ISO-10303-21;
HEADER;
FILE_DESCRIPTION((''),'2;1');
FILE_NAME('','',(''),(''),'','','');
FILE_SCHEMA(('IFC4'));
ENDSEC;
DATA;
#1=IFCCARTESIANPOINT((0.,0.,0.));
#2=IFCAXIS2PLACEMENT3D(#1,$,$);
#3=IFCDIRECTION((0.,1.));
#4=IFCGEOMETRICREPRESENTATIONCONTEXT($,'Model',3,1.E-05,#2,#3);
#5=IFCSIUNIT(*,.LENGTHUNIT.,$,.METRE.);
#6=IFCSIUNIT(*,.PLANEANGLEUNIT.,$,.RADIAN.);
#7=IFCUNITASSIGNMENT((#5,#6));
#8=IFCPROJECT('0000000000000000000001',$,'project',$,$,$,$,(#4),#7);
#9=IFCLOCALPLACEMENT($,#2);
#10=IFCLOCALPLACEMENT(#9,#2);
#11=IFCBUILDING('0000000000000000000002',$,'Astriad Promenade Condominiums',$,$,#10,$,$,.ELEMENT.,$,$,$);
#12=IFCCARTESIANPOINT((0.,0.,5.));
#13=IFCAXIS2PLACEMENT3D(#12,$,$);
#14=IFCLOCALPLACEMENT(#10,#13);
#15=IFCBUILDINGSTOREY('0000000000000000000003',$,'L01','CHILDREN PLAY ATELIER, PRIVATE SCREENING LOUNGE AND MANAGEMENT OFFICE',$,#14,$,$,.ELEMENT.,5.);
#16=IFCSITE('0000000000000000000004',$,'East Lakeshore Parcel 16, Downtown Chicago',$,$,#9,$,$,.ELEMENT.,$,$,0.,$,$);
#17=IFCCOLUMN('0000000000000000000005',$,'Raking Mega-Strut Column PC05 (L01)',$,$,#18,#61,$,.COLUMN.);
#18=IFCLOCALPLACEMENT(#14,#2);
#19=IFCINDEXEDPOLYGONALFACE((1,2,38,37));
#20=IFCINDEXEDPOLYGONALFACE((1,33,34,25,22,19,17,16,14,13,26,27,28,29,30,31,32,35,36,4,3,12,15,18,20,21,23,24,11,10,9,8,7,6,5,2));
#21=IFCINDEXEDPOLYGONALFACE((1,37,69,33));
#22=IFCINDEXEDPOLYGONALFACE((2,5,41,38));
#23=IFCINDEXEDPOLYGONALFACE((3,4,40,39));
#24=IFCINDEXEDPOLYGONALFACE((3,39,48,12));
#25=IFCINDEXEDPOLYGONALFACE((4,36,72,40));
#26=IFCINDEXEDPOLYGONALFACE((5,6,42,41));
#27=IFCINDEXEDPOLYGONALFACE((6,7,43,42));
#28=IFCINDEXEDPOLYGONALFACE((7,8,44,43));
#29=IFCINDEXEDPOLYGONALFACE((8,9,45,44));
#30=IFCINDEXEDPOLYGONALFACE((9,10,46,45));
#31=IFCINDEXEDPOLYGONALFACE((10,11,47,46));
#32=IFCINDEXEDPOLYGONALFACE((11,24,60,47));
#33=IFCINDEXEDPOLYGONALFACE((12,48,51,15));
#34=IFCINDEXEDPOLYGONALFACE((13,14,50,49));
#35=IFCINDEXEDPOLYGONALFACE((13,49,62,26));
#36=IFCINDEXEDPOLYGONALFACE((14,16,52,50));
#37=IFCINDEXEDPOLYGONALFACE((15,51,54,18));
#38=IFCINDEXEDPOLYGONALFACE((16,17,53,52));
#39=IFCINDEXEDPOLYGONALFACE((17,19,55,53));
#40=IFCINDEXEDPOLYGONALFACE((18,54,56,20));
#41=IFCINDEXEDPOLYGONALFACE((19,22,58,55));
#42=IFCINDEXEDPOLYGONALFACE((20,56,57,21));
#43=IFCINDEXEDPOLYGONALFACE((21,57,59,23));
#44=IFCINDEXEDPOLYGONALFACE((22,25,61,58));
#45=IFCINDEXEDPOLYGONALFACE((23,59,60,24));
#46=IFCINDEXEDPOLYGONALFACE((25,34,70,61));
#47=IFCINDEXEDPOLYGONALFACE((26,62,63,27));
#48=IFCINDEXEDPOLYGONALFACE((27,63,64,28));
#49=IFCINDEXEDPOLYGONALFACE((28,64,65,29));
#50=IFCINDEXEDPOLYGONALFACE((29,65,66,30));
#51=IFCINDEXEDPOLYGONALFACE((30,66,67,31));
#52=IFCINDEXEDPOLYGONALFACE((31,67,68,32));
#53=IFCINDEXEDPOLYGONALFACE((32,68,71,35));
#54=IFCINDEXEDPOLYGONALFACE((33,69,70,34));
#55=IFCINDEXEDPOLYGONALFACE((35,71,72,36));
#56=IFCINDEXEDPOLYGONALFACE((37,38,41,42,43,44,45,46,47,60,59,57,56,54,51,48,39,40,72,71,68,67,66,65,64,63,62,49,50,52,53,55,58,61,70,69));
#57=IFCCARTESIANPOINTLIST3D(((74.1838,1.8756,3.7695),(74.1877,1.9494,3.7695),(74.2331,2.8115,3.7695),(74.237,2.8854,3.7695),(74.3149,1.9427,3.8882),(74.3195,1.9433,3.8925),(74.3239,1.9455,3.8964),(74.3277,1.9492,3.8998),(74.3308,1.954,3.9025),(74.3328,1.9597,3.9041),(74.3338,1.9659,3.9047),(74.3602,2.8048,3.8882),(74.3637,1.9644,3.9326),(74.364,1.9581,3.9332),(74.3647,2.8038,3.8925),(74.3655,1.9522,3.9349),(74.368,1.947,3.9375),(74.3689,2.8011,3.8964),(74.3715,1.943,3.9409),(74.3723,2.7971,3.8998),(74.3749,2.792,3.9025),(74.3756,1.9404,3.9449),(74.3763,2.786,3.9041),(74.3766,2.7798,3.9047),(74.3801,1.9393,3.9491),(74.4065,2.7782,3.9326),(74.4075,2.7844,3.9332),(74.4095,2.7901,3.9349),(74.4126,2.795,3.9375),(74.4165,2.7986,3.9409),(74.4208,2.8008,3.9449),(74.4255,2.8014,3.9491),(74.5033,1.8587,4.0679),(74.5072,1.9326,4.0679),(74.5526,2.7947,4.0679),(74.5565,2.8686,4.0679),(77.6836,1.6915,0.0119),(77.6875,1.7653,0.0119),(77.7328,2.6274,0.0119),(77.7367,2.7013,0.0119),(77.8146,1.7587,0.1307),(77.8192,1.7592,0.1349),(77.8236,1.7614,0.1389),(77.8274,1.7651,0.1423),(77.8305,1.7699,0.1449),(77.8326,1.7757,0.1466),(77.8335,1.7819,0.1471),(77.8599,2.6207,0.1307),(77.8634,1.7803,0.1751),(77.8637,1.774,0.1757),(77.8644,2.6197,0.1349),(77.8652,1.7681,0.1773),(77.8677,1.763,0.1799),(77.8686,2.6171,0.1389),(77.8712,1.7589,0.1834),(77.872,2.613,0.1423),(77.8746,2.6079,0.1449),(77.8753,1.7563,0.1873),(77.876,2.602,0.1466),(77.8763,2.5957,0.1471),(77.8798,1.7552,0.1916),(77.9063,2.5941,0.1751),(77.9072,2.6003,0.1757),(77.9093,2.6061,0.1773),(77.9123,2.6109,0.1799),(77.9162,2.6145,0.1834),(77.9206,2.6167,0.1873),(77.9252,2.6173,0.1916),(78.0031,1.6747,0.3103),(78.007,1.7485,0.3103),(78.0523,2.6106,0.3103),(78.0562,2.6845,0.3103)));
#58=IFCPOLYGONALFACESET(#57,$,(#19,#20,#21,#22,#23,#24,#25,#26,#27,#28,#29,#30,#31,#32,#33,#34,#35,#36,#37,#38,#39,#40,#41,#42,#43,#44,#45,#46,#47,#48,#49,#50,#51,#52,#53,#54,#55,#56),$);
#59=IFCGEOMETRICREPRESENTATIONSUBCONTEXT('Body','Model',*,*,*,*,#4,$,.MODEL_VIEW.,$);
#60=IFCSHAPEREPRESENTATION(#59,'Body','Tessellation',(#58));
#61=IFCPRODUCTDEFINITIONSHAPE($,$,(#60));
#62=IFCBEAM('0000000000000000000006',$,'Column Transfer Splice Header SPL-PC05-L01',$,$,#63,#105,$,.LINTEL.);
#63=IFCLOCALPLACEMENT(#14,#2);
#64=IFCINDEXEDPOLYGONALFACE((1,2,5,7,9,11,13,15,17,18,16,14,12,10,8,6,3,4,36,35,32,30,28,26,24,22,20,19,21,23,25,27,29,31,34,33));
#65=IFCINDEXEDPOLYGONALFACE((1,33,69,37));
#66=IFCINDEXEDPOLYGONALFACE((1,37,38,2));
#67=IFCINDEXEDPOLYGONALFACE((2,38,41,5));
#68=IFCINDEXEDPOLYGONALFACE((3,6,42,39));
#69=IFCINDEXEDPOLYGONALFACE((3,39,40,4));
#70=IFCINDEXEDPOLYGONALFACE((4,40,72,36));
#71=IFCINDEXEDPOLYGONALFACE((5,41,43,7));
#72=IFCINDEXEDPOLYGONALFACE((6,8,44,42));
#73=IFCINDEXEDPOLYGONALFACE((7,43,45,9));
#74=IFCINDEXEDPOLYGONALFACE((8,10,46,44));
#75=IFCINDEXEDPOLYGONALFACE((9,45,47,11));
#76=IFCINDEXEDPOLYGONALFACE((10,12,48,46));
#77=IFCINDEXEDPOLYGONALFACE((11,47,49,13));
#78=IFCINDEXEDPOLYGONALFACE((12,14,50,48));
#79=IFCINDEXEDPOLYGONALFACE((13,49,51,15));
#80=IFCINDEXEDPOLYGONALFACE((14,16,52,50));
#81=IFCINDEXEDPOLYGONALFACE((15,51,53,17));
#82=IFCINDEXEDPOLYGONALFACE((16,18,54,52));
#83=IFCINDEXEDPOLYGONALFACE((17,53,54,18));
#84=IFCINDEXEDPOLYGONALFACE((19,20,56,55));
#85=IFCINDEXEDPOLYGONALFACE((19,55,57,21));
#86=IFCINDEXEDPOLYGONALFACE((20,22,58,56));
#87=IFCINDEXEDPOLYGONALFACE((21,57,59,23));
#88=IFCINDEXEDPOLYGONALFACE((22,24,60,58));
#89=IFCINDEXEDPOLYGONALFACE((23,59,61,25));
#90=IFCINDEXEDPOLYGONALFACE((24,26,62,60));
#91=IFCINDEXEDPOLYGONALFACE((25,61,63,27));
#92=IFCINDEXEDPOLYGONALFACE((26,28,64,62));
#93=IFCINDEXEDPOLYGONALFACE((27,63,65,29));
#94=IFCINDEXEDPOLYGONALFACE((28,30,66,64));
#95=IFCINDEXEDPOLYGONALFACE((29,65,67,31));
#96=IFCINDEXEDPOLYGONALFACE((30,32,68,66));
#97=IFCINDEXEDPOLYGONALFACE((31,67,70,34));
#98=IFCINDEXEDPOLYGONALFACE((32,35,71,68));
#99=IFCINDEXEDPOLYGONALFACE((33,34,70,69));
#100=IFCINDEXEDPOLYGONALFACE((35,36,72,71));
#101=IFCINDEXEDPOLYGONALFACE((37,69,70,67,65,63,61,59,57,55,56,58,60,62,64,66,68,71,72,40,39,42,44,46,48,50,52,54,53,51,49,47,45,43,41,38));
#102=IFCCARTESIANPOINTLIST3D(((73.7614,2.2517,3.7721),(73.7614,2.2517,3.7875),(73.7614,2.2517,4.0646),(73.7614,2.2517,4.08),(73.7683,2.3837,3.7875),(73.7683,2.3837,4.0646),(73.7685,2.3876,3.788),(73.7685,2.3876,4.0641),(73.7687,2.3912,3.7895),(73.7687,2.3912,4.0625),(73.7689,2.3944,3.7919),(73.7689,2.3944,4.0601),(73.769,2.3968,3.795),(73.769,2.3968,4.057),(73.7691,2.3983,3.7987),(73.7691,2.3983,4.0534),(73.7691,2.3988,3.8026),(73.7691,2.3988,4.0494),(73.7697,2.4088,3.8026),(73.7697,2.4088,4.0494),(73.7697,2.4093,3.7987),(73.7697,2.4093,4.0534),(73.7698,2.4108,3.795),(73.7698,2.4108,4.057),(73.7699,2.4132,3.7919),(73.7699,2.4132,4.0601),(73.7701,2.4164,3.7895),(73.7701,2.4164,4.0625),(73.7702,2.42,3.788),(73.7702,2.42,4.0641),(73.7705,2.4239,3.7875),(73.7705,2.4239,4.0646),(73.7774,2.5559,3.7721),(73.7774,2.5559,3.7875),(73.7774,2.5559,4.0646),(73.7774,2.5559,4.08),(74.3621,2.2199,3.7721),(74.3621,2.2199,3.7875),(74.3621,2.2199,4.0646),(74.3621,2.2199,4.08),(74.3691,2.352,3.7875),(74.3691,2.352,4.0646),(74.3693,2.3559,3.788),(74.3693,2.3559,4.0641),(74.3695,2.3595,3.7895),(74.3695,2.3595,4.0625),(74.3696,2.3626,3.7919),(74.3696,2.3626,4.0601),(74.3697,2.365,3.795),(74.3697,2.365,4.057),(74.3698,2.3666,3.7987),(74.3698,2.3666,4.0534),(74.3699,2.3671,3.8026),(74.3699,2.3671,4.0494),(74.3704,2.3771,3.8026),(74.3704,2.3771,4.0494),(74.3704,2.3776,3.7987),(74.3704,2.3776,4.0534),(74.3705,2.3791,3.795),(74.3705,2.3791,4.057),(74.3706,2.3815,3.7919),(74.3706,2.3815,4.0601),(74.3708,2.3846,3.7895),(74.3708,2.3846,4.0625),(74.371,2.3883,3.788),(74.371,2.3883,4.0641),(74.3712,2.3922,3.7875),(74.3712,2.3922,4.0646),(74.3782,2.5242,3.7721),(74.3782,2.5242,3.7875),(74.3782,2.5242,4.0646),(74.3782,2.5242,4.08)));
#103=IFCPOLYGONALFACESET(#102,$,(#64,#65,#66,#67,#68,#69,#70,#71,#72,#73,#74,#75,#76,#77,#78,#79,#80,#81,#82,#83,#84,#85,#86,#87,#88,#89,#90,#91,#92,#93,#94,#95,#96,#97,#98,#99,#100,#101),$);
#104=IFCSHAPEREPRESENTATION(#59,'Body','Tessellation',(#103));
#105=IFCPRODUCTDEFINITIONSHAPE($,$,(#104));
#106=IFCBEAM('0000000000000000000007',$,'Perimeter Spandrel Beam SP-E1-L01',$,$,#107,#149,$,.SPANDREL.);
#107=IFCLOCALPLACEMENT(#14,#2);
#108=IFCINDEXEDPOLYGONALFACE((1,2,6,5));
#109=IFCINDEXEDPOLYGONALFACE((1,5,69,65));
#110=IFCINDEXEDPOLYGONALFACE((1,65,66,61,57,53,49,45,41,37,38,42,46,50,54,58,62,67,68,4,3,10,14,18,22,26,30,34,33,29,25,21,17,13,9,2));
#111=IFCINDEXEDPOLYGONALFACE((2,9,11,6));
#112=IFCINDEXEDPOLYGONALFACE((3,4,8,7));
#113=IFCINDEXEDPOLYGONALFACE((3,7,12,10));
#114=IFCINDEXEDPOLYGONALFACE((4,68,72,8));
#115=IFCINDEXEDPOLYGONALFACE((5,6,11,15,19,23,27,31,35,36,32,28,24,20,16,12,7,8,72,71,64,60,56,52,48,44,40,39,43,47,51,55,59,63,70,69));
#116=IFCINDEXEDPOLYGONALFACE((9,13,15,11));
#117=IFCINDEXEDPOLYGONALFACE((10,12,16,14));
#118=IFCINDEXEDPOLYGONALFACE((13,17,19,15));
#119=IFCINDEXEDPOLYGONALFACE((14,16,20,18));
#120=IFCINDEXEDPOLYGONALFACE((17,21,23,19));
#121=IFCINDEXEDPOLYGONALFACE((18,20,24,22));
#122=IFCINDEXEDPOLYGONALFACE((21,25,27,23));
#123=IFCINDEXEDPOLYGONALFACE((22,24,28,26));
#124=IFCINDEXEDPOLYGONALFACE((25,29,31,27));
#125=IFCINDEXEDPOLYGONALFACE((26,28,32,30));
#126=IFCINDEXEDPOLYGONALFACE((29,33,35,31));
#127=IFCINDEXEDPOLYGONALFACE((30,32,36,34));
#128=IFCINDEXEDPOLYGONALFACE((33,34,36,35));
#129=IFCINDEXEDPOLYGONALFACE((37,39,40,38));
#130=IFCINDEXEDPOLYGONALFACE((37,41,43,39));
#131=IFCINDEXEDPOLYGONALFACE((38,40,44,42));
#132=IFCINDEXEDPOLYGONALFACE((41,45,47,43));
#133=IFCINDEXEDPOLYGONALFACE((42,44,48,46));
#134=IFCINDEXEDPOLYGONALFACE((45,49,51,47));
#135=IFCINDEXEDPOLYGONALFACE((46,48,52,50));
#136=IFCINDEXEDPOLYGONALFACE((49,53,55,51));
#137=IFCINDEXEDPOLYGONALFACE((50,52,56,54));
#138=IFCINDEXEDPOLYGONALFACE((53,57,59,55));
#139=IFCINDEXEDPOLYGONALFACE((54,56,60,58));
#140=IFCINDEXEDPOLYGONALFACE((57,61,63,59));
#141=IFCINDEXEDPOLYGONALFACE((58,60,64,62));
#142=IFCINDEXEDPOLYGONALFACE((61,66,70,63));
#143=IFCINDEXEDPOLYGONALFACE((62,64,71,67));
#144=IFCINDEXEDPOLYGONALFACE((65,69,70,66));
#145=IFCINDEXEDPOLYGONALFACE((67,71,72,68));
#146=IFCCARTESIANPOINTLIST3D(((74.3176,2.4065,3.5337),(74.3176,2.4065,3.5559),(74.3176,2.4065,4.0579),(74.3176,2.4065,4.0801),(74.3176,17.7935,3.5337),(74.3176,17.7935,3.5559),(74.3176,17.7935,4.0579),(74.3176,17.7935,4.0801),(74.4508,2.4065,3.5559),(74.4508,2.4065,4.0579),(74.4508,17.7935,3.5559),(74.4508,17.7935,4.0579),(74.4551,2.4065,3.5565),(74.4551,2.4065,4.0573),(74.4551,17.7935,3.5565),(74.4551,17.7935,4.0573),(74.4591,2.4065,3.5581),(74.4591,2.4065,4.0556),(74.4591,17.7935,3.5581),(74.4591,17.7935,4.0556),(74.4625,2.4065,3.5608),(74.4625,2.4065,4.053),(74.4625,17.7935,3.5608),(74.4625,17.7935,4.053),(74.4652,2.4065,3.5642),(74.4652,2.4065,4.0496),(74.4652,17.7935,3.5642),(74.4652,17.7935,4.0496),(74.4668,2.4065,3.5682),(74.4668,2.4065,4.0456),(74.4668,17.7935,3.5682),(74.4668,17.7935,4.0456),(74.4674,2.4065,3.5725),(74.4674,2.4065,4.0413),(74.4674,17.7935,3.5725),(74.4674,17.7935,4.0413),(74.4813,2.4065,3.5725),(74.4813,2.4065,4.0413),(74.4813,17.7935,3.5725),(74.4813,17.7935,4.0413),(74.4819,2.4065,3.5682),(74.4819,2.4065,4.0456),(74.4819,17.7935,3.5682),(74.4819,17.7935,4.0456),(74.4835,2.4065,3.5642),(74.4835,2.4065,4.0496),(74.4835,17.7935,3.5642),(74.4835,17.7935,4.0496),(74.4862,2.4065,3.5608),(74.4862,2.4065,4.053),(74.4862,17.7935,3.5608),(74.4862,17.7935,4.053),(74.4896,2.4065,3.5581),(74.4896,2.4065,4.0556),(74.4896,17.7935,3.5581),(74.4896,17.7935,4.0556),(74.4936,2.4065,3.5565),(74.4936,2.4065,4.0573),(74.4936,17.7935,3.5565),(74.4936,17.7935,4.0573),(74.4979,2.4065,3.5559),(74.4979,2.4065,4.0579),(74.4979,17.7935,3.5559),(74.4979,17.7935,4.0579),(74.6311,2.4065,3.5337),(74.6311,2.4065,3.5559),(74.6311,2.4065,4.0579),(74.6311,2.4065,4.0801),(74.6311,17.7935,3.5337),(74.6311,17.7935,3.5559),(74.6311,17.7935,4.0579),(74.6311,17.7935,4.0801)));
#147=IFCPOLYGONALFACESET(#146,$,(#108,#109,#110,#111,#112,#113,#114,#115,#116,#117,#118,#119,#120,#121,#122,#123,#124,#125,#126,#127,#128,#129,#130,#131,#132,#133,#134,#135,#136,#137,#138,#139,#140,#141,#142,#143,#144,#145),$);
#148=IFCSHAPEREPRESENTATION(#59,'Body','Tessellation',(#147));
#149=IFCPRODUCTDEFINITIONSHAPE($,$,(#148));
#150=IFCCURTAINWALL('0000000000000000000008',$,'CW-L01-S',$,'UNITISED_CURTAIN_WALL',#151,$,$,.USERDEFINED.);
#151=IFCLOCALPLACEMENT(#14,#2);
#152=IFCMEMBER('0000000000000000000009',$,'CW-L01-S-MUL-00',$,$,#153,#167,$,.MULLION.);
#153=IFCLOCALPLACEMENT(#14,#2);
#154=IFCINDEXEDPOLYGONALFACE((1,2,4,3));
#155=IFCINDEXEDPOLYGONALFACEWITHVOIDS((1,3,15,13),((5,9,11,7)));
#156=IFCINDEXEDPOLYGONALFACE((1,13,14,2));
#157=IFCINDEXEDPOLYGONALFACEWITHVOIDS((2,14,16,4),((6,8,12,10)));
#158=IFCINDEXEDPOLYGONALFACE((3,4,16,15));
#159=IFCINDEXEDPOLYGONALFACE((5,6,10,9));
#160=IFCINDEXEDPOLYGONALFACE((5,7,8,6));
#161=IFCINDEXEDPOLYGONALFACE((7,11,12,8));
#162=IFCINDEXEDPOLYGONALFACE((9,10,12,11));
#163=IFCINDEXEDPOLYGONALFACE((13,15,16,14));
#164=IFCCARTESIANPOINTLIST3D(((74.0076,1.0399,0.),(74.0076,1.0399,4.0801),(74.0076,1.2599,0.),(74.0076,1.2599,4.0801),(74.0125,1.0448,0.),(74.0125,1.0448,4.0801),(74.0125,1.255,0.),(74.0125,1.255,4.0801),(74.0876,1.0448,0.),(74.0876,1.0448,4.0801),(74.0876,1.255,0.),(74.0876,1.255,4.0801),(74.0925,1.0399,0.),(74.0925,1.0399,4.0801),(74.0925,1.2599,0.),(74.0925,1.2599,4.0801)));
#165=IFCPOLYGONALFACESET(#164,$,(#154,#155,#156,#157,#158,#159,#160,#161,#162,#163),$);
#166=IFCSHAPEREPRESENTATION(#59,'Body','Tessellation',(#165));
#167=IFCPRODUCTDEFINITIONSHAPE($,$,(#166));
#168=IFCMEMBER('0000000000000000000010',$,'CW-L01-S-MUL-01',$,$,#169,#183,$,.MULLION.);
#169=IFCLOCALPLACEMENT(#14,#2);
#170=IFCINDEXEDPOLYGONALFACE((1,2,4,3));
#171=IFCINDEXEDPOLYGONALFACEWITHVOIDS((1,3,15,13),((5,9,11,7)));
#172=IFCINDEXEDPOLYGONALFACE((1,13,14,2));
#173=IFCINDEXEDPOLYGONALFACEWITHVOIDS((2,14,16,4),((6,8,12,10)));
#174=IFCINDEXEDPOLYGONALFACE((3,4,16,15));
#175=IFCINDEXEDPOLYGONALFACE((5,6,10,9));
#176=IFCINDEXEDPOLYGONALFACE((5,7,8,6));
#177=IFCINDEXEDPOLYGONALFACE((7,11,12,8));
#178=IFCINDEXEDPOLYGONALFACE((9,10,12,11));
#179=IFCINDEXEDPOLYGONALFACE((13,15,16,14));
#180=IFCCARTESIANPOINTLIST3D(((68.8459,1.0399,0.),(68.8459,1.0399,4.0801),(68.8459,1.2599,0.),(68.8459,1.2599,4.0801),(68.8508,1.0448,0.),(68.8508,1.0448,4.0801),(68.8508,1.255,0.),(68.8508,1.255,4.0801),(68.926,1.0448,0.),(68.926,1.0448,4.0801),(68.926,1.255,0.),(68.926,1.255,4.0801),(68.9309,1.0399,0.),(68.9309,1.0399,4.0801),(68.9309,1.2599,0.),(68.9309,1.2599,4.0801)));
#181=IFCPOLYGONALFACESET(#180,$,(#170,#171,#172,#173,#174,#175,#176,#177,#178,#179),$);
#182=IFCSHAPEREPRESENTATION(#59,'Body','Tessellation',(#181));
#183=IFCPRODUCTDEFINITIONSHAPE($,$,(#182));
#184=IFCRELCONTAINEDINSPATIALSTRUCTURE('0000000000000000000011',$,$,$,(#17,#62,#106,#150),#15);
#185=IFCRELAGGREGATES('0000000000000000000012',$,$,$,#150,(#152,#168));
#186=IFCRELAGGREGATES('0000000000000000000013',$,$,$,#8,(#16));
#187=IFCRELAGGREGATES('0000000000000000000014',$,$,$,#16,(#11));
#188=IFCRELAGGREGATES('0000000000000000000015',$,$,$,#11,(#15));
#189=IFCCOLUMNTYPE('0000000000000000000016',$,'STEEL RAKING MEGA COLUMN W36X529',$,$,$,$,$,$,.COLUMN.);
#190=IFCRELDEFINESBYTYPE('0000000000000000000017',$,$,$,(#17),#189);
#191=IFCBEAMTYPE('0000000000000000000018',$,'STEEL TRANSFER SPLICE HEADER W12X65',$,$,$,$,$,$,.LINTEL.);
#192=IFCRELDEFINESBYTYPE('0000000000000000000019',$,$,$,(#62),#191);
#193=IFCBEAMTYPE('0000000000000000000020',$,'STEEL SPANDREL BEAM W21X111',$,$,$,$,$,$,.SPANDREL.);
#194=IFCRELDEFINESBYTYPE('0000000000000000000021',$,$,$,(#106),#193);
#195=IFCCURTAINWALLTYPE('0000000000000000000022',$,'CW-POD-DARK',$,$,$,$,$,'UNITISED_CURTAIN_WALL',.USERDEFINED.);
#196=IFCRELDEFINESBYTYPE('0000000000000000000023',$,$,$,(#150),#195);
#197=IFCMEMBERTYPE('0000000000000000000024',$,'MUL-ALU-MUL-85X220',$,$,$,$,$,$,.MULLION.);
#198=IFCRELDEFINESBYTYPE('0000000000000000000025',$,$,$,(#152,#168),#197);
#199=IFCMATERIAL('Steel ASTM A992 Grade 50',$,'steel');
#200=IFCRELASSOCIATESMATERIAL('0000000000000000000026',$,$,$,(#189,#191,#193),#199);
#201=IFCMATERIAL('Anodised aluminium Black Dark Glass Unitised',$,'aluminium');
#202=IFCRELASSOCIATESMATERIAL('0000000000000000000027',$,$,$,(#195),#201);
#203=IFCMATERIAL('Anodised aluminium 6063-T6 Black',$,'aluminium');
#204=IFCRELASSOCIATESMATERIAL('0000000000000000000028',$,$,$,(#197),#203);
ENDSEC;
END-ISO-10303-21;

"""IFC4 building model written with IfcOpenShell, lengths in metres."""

from ifc_helpers import new_model, si_unit, direction, frame, origin, origin_2d, place, context, subcontext, project, spatial, hollow_rectangle, i_section, extrude, source, transform, mapped, material, material_profile, profile_set, type_object, type_shapes, element, aggregate, save


model = new_model("IFC4")

# Units and contexts
model_context = context("Model", 3, precision=1e-05, world=origin(), true_north=direction((0.0, 1.0)))
body_context = subcontext(model_context, "Body", "Model", "MODEL_VIEW")
ifc_project = project(units=[si_unit("LENGTHUNIT", "METRE"), si_unit("PLANEANGLEUNIT", "RADIAN")], contexts=[model_context])

# Site, building, storey
site_placement = place(None, origin())
site = spatial("IfcSite", under=ifc_project, at=site_placement, Name="East Lakeshore Parcel 16, Downtown Chicago", CompositionType="ELEMENT", RefElevation=0.0)
building_placement = place(site_placement, origin())
building = spatial("IfcBuilding", under=site, at=building_placement, Name="Astriad Promenade Condominiums", CompositionType="ELEMENT")
storey_placement = place(building_placement, frame((0.0, 0.0, 5.0)))
storey = spatial("IfcBuildingStorey", under=building, at=storey_placement, Name="L01", Description="CHILDREN PLAY ATELIER, PRIVATE SCREENING LOUNGE AND MANAGEMENT OFFICE", CompositionType="ELEMENT", Elevation=5.0)

# Column
ifc_material_1 = material(Name="Steel ASTM A992 Grade 50", Category="steel")
ifc_material_profile_1 = material_profile(ifc_material_1, i_section(OverallWidth=0.4375, OverallDepth=1.0112, WebThickness=0.041, FlangeThickness=0.074, FilletRadius=0.0242, at=origin_2d()), Name="W36X529")
ifc_profile_set_1 = profile_set([ifc_material_profile_1], Name="Steel ASTM A992 Grade 50")
column_type = type_object("IfcColumnType", Name="STEEL RAKING MEGA COLUMN W36X529", PredefinedType="COLUMN", material=ifc_profile_set_1)
shared_shape_1 = source(origin(), body_context, "Body", "SweptSolid", [
    extrude(i_section(OverallWidth=0.4375, OverallDepth=1.0112, WebThickness=0.041, FlangeThickness=0.074, FilletRadius=0.0242, at=origin_2d()), origin(), (0.0, 0.0, 1.0), 5.1382),
])
type_shapes(column_type, [shared_shape_1])
column_placement = place(storey_placement, frame((77.8699, 2.188, 0.1611), z_axis=(-0.68112, 0.035826, 0.731295), x_axis=(0.730286, -0.038412, 0.682061)))
element("IfcColumn", 1, at=column_placement, inside=storey, type_object=column_type, Name="Raking Mega-Strut Column PC05 (L01)", PredefinedType="COLUMN", context=body_context, shape_type="MappedRepresentation", body=[
    mapped(shared_shape_1, transform((0.0, 0.0, 0.0), scale=1.0)),
])

# Beams
ifc_material_profile_2 = material_profile(ifc_material_1, i_section(OverallWidth=0.3047, OverallDepth=0.3079, WebThickness=0.01, FlangeThickness=0.0154, FilletRadius=0.0151, at=origin_2d()), Name="W12X65")
ifc_profile_set_2 = profile_set([ifc_material_profile_2], Name="Steel ASTM A992 Grade 50")
beam_type_1 = type_object("IfcBeamType", Name="STEEL TRANSFER SPLICE HEADER W12X65", PredefinedType="LINTEL", material=ifc_profile_set_2)
shared_shape_2 = source(origin(), body_context, "Body", "SweptSolid", [
    extrude(i_section(OverallWidth=0.3047, OverallDepth=0.3079, WebThickness=0.01, FlangeThickness=0.0154, FilletRadius=0.0151, at=origin_2d()), origin(), (0.0, 0.0, 1.0), 0.6016),
])
type_shapes(beam_type_1, [shared_shape_2])
beam_1_placement = place(storey_placement, frame((74.3701, 2.3721, 3.926), z_axis=(-0.998608, 0.052751, 0.0), x_axis=(-0.052751, -0.998608, 0.0)))
element("IfcBeam", 2, at=beam_1_placement, inside=storey, type_object=beam_type_1, Name="Column Transfer Splice Header SPL-PC05-L01", PredefinedType="LINTEL", context=body_context, shape_type="MappedRepresentation", body=[
    mapped(shared_shape_2, transform((0.0, 0.0, 0.0), scale=1.0)),
])
ifc_material_profile_3 = material_profile(ifc_material_1, i_section(OverallWidth=0.3135, OverallDepth=0.5464, WebThickness=0.0139, FlangeThickness=0.0222, FilletRadius=0.0166, at=origin_2d()), Name="W21X111")
ifc_profile_set_3 = profile_set([ifc_material_profile_3], Name="Steel ASTM A992 Grade 50")
beam_type_2 = type_object("IfcBeamType", Name="STEEL SPANDREL BEAM W21X111", PredefinedType="SPANDREL", material=ifc_profile_set_3)
shared_shape_3 = source(origin(), body_context, "Body", "SweptSolid", [
    extrude(i_section(OverallWidth=0.3135, OverallDepth=0.5464, WebThickness=0.0139, FlangeThickness=0.0222, FilletRadius=0.0166, at=origin_2d()), origin(), (0.0, 0.0, 1.0), 15.387),
])
type_shapes(beam_type_2, [shared_shape_3])
beam_2_placement = place(storey_placement, frame((74.4744, 2.4065, 3.8069), z_axis=(0.0, 1.0, 0.0), x_axis=(-1.0, 0.0, 0.0)))
element("IfcBeam", 3, at=beam_2_placement, inside=storey, type_object=beam_type_2, Name="Perimeter Spandrel Beam SP-E1-L01", PredefinedType="SPANDREL", context=body_context, shape_type="MappedRepresentation", body=[
    mapped(shared_shape_3, transform((0.0, 0.0, 0.0), scale=1.0)),
])

# Curtain wall, members
ifc_material_2 = material(Name="Anodised aluminium Black Dark Glass Unitised", Category="aluminium")
curtain_wall_type = type_object("IfcCurtainWallType", Name="CW-POD-DARK", ElementType="UNITISED_CURTAIN_WALL", PredefinedType="USERDEFINED", material=ifc_material_2)
curtain_wall_placement = place(storey_placement, origin())
curtain_wall = element("IfcCurtainWall", 4, at=curtain_wall_placement, inside=storey, type_object=curtain_wall_type, Name="CW-L01-S", ObjectType="UNITISED_CURTAIN_WALL", PredefinedType="USERDEFINED")
ifc_material_3 = material(Name="Anodised aluminium 6063-T6 Black", Category="aluminium")
ifc_material_profile_4 = material_profile(ifc_material_3, hollow_rectangle(XDim=0.085, YDim=0.22, WallThickness=0.0049, at=origin_2d()), Name="ALU-MUL-85X220")
ifc_profile_set_4 = profile_set([ifc_material_profile_4], Name="Anodised aluminium 6063-T6 Black")
member_type_1 = type_object("IfcMemberType", Name="MUL-ALU-MUL-85X220", PredefinedType="MULLION", material=ifc_profile_set_4)
shared_shape_4 = source(origin(), body_context, "Body", "SweptSolid", [
    extrude(hollow_rectangle(XDim=0.085, YDim=0.22, WallThickness=0.0049, at=origin_2d()), origin(), (0.0, 0.0, 1.0), 4.0801),
])
type_shapes(member_type_1, [shared_shape_4])
member_1_placement = place(storey_placement, frame((74.05, 1.1499, 0.0), z_axis=(0.0, 0.0, 1.0), x_axis=(1.0, 0.0, 0.0)))
member_1 = element("IfcMember", 5, at=member_1_placement, type_object=member_type_1, Name="CW-L01-S-MUL-00", PredefinedType="MULLION", context=body_context, shape_type="MappedRepresentation", body=[
    mapped(shared_shape_4, transform((0.0, 0.0, 0.0), scale=1.0)),
])
member_2_placement = place(storey_placement, frame((68.8884, 1.1499, 0.0), z_axis=(0.0, 0.0, 1.0), x_axis=(1.0, 0.0, 0.0)))
member_2 = element("IfcMember", 6, at=member_2_placement, type_object=member_type_1, Name="CW-L01-S-MUL-01", PredefinedType="MULLION", context=body_context, shape_type="MappedRepresentation", body=[
    mapped(shared_shape_4, transform((0.0, 0.0, 0.0), scale=1.0)),
])

aggregate(curtain_wall, [member_1, member_2])

save(model, "model.ifc")
